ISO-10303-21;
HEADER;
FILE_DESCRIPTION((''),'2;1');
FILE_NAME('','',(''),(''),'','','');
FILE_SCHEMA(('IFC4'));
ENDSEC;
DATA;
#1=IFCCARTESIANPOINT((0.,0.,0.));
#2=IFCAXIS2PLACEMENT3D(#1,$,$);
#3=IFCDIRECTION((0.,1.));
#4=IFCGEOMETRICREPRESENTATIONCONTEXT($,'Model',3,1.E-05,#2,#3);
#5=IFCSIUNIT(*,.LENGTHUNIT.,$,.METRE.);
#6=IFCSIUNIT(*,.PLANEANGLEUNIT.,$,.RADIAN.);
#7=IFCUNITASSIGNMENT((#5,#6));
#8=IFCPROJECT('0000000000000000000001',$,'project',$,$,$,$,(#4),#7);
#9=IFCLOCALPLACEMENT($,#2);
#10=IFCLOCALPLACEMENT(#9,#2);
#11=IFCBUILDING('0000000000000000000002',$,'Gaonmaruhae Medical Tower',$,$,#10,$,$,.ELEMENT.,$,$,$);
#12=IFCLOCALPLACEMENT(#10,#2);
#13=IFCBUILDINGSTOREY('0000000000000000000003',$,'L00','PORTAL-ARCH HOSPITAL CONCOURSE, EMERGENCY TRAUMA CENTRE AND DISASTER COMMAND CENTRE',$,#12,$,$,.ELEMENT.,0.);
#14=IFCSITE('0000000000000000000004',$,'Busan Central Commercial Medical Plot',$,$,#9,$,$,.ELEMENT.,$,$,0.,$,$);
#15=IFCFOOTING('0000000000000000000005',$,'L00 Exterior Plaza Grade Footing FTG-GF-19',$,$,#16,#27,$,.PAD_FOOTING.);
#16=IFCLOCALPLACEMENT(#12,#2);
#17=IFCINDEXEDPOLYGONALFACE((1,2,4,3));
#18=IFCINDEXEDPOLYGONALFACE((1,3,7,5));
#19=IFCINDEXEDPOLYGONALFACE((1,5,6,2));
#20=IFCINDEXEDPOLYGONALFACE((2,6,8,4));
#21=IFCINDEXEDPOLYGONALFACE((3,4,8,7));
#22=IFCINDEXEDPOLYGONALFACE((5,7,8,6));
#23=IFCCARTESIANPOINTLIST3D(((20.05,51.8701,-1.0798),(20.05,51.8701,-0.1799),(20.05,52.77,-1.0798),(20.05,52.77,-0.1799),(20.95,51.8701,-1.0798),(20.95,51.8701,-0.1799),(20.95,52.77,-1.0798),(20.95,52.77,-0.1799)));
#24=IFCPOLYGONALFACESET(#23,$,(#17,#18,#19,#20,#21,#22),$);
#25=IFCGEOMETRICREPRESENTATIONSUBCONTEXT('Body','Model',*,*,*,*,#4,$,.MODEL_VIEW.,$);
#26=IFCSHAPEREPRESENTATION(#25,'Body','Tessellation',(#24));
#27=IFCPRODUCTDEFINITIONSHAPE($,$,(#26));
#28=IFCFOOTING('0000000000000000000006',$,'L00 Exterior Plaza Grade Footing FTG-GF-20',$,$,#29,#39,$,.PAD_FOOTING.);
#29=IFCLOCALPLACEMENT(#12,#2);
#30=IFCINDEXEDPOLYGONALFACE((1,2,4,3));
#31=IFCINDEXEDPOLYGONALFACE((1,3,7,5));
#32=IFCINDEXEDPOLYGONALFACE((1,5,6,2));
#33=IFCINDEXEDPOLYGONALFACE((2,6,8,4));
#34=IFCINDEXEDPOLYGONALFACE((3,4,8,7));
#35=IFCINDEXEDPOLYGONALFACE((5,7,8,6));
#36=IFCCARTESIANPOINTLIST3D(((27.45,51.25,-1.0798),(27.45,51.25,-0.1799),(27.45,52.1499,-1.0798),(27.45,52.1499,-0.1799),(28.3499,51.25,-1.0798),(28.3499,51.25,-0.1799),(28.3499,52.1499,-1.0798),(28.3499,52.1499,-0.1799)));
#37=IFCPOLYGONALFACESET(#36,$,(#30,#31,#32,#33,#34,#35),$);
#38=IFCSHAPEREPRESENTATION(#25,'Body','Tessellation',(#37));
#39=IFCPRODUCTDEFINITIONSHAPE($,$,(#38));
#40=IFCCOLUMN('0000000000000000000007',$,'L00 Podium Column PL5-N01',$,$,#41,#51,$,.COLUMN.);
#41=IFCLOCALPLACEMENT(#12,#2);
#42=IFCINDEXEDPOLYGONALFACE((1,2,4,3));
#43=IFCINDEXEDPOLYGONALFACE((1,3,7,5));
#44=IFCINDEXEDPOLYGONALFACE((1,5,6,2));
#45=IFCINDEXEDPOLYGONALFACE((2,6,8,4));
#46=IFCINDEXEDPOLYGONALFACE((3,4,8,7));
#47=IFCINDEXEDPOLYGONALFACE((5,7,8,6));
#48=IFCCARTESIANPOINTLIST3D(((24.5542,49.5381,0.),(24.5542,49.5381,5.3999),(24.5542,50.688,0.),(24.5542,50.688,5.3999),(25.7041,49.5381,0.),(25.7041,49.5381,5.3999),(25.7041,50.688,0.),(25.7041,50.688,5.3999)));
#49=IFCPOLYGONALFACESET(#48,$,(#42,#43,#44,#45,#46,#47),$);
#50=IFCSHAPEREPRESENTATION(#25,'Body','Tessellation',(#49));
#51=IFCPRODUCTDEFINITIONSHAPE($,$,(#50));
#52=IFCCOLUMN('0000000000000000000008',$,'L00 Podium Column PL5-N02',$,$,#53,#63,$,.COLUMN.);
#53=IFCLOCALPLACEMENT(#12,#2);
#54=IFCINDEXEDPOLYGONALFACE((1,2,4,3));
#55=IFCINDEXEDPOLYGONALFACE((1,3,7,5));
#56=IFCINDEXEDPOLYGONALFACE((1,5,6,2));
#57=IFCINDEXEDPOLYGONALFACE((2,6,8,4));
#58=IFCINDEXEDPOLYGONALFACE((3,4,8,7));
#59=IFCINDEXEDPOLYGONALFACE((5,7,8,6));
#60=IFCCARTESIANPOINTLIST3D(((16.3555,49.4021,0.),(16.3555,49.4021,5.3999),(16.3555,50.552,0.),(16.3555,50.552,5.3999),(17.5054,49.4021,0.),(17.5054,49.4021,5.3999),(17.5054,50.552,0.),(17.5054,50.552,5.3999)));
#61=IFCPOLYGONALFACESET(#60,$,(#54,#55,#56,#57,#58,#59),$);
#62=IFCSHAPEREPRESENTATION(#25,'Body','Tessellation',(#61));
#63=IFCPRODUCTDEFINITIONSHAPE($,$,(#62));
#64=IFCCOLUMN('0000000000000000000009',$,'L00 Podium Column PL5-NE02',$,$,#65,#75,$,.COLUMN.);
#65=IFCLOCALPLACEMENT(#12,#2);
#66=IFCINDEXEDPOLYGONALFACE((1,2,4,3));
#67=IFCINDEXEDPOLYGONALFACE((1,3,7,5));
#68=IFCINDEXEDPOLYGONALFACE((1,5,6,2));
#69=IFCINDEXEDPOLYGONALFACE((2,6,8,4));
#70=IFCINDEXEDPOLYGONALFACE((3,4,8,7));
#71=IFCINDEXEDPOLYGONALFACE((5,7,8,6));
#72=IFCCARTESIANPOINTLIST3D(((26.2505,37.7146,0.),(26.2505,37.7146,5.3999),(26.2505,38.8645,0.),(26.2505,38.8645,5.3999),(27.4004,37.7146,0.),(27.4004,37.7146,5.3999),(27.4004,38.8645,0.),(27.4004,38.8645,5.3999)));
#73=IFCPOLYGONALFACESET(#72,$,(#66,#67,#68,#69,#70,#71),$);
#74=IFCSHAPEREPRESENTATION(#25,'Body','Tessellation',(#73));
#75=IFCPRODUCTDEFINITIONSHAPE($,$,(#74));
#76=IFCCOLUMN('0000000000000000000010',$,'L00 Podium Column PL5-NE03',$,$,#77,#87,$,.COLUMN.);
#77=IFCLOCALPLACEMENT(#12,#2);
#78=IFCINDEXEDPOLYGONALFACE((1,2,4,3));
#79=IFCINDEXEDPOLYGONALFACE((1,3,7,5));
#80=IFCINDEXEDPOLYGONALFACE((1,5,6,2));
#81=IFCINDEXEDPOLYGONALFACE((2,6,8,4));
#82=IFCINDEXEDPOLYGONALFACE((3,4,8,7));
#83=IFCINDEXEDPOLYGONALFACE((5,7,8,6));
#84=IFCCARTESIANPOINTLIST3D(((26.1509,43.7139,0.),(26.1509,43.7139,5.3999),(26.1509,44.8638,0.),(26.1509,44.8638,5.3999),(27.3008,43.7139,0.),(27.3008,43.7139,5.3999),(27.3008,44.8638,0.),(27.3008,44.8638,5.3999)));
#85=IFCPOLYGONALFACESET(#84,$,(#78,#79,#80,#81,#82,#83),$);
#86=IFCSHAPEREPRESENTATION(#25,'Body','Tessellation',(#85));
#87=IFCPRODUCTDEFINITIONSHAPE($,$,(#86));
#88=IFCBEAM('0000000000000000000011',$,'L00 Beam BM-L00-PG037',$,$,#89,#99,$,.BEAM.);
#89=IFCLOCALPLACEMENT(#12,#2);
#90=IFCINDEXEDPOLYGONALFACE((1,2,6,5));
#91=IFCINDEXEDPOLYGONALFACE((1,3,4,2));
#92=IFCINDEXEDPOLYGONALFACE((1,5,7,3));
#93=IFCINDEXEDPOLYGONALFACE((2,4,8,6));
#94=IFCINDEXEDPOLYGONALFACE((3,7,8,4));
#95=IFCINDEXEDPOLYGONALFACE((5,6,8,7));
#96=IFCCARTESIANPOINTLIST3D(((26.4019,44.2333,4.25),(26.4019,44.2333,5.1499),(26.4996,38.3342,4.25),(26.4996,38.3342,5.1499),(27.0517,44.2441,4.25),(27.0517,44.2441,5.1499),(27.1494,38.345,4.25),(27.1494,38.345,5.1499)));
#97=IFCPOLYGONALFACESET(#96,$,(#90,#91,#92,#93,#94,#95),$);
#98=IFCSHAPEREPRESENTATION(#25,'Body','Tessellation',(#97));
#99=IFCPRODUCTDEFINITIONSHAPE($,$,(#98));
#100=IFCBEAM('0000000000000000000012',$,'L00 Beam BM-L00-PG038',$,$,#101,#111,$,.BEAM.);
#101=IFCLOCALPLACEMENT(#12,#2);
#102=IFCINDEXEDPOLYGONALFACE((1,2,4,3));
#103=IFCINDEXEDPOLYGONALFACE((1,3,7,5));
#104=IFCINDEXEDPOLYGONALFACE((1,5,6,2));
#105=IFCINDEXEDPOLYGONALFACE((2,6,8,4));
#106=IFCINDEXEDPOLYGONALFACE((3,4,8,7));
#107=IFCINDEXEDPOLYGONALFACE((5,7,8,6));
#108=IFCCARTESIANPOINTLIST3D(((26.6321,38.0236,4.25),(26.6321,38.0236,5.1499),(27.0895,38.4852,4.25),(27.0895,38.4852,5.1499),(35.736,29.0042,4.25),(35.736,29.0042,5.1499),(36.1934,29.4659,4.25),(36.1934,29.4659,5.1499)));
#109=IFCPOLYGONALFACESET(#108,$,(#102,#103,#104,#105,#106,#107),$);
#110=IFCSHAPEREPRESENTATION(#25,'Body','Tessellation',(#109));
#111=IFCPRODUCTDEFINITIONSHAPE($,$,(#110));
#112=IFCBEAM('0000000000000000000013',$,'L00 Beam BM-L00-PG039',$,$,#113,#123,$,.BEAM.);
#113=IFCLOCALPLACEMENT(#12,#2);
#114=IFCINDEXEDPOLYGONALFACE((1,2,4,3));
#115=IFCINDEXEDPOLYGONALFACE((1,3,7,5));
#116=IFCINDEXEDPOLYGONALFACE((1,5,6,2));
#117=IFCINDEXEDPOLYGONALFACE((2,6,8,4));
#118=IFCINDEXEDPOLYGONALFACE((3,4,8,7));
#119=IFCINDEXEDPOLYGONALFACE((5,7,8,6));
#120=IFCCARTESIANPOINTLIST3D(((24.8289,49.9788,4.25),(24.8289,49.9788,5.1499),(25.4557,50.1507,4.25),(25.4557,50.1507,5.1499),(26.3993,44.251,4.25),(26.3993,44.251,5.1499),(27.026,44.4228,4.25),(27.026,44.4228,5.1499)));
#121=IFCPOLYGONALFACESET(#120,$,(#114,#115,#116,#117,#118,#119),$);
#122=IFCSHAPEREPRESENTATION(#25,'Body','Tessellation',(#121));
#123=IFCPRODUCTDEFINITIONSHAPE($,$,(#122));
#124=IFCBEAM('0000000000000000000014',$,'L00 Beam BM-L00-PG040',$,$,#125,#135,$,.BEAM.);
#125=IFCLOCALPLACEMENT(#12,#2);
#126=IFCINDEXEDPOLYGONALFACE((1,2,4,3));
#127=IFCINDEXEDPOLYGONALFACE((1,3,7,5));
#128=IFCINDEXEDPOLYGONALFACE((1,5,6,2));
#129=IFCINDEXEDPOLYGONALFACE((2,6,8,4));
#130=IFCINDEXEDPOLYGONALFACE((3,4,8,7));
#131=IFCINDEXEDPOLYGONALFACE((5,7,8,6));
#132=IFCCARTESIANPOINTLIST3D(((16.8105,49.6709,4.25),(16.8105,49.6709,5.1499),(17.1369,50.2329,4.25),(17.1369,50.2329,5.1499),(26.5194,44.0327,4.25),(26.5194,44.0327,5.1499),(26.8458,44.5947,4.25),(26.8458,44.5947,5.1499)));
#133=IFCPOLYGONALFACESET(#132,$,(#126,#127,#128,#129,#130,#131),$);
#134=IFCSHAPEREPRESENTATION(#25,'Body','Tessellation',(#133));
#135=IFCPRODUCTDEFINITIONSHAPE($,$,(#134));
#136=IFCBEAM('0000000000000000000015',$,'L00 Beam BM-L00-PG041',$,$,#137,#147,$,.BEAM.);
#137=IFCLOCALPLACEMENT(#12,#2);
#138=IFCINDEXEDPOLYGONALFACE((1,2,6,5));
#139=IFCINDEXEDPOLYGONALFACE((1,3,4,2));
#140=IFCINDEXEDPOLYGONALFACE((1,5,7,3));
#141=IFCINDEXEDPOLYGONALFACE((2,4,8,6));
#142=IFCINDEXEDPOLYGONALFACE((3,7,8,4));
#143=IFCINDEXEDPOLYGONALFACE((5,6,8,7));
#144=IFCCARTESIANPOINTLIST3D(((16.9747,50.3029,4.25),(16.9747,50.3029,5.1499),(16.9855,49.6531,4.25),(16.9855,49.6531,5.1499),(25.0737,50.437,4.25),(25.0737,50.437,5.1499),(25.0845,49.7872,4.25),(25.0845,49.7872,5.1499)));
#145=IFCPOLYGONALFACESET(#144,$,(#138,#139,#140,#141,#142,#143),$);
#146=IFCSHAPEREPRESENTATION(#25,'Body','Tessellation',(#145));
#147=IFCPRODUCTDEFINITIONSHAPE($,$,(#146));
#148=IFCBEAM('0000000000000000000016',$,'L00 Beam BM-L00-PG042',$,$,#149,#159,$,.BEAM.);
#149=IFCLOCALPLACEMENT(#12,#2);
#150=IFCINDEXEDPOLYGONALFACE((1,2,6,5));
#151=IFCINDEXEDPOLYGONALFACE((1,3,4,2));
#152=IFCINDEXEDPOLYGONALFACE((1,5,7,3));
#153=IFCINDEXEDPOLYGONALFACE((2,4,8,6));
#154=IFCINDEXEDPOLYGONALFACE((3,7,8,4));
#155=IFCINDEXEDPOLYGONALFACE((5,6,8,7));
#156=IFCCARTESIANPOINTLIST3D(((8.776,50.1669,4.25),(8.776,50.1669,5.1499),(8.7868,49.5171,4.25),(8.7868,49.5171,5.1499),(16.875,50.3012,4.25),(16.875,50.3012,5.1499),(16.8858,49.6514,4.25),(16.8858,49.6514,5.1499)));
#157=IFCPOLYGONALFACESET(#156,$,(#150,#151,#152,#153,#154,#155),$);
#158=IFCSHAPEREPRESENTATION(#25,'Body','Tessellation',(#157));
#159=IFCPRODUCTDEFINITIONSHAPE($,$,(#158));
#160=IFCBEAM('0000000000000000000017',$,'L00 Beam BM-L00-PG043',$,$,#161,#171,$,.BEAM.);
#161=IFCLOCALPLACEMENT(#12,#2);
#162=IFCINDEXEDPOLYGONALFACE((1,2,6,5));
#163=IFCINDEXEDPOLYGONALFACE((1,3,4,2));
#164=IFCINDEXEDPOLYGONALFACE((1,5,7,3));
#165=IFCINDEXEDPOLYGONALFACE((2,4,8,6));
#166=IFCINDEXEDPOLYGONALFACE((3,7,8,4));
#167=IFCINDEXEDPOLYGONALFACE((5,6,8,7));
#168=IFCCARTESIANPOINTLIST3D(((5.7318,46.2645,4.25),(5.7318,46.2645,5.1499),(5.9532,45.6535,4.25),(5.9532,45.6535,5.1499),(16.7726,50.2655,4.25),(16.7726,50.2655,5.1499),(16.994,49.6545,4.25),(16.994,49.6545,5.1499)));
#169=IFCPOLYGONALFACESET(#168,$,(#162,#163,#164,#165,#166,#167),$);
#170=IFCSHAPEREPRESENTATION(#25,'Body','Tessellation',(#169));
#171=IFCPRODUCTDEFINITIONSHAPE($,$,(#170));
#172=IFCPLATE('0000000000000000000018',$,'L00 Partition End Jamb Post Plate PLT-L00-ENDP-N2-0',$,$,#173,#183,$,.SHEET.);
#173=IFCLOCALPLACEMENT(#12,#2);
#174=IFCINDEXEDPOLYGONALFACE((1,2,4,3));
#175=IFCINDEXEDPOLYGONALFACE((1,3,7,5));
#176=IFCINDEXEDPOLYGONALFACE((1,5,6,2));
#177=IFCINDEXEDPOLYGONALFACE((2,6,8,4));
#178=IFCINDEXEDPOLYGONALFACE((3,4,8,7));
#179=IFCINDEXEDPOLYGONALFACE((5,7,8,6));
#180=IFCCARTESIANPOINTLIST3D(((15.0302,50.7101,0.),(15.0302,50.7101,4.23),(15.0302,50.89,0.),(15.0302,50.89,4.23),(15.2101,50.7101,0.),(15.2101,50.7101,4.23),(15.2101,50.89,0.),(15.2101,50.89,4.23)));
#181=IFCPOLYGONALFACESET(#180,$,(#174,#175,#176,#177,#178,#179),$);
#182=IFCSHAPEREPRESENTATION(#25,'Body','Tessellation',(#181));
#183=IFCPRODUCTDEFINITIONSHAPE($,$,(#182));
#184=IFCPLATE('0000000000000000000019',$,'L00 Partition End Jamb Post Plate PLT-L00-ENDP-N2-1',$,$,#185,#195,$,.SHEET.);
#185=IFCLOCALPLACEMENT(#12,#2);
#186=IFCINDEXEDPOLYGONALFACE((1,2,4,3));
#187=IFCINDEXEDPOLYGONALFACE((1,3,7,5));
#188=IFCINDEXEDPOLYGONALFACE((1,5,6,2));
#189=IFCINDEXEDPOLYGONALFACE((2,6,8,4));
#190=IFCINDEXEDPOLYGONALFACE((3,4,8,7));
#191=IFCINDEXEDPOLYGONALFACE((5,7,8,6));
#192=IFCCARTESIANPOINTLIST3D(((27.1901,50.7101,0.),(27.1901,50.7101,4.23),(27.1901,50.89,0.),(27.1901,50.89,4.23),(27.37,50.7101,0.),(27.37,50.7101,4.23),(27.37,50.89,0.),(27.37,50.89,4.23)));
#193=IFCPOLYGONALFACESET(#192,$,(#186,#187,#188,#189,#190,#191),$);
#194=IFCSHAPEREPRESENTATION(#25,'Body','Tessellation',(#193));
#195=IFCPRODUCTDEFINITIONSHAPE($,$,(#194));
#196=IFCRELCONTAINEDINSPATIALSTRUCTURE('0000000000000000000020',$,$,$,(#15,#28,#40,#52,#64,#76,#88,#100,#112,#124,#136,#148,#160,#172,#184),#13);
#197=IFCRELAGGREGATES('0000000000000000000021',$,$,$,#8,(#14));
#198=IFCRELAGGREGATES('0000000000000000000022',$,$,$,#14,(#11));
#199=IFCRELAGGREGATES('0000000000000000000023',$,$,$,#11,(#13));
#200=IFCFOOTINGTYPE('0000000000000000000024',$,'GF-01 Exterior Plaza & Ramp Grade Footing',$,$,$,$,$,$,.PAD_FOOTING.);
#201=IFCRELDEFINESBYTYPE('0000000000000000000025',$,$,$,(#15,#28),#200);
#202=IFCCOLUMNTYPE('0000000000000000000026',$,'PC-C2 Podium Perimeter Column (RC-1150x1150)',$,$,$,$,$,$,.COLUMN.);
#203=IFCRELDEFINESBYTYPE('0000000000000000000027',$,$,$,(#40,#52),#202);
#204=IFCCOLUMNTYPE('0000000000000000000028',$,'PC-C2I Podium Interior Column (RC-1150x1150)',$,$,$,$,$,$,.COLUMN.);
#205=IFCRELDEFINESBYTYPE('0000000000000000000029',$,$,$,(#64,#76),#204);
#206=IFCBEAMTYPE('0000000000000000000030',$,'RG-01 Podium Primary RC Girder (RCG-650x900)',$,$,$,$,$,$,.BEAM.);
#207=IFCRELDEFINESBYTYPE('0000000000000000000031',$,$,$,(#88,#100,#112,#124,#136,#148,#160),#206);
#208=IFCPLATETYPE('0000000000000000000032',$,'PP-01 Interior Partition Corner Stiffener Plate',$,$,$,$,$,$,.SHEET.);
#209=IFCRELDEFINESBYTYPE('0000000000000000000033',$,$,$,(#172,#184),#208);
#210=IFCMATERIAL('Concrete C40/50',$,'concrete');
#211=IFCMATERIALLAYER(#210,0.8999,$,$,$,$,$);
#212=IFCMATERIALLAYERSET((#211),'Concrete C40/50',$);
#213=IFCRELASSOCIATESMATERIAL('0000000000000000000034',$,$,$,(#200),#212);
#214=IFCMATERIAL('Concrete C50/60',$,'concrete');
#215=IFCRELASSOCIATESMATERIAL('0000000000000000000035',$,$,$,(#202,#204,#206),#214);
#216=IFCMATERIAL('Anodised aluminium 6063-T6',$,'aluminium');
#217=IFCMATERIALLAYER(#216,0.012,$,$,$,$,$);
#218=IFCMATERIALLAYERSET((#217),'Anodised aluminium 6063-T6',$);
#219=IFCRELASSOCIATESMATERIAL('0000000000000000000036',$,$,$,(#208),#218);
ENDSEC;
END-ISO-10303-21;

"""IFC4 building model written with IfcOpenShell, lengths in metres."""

from ifc_helpers import new_model, si_unit, direction, frame, origin, origin_2d, place, context, subcontext, project, spatial, rectangle, extrude, material, layer, layer_set, material_profile, profile_set, type_object, element, save


model = new_model("IFC4")

# Units and contexts
model_context = context("Model", 3, precision=1e-05, world=origin(), true_north=direction((0.0, 1.0)))
body_context = subcontext(model_context, "Body", "Model", "MODEL_VIEW")
ifc_project = project(units=[si_unit("LENGTHUNIT", "METRE"), si_unit("PLANEANGLEUNIT", "RADIAN")], contexts=[model_context])

# Site, building, storey
site_placement = place(None, origin())
site = spatial("IfcSite", under=ifc_project, at=site_placement, Name="Busan Central Commercial Medical Plot", CompositionType="ELEMENT", RefElevation=0.0)
building_placement = place(site_placement, origin())
building = spatial("IfcBuilding", under=site, at=building_placement, Name="Gaonmaruhae Medical Tower", CompositionType="ELEMENT")
storey_placement = place(building_placement, origin())
storey = spatial("IfcBuildingStorey", under=building, at=storey_placement, Name="L00", Description="PORTAL-ARCH HOSPITAL CONCOURSE, EMERGENCY TRAUMA CENTRE AND DISASTER COMMAND CENTRE", CompositionType="ELEMENT", Elevation=0.0)

# Footings
ifc_material_1 = material(Name="Concrete C40/50", Category="concrete")
ifc_layer_1 = layer(ifc_material_1, 0.8999)
ifc_layer_set_1 = layer_set([ifc_layer_1], Name="Concrete C40/50")
footing_type = type_object("IfcFootingType", Name="GF-01 Exterior Plaza & Ramp Grade Footing", PredefinedType="PAD_FOOTING", material=ifc_layer_set_1)
for number, where, z_axis, x_axis, name in (
    (1, (20.5, 52.3201, -1.0798), (0.0, 0.0, 1.0), (1.0, 0.0, 0.0), "L00 Exterior Plaza Grade Footing FTG-GF-19"),
    (2, (27.8999, 51.7, -1.0798), (0.0, 0.0, 1.0), (1.0, 0.0, 0.0), "L00 Exterior Plaza Grade Footing FTG-GF-20"),
):
    element("IfcFooting", number, at=place(storey_placement, frame(where, z_axis=z_axis, x_axis=x_axis)), inside=storey, type_object=footing_type, Name=name, PredefinedType="PAD_FOOTING", context=body_context, shape_type="SweptSolid", body=[
        extrude(rectangle(XDim=0.8999, YDim=0.8999, at=origin_2d()), origin(), (0.0, 0.0, 1.0), 0.8999),
    ])

# Columns
ifc_material_2 = material(Name="Concrete C50/60", Category="concrete")
ifc_material_profile_1 = material_profile(ifc_material_2, rectangle(XDim=1.1499, YDim=1.1499, at=origin_2d()), Name="RC-1150x1150")
ifc_profile_set_1 = profile_set([ifc_material_profile_1], Name="Concrete C50/60")
column_type_1 = type_object("IfcColumnType", Name="PC-C2 Podium Perimeter Column (RC-1150x1150)", PredefinedType="COLUMN", material=ifc_profile_set_1)
for number, where, z_axis, x_axis, name in (
    (3, (25.1292, 50.113, 0.0), (0.0, 0.0, 1.0), (1.0, 0.0, 0.0), "L00 Podium Column PL5-N01"),
    (4, (16.9304, 49.9771, 0.0), (0.0, 0.0, 1.0), (1.0, 0.0, 0.0), "L00 Podium Column PL5-N02"),
):
    element("IfcColumn", number, at=place(storey_placement, frame(where, z_axis=z_axis, x_axis=x_axis)), inside=storey, type_object=column_type_1, Name=name, PredefinedType="COLUMN", context=body_context, shape_type="SweptSolid", body=[
        extrude(rectangle(XDim=1.1499, YDim=1.1499, at=origin_2d()), origin(), (0.0, 0.0, 1.0), 5.3999),
    ])
ifc_material_profile_2 = material_profile(ifc_material_2, rectangle(XDim=1.1499, YDim=1.1499, at=origin_2d()), Name="RC-1150x1150")
ifc_profile_set_2 = profile_set([ifc_material_profile_2], Name="Concrete C50/60")
column_type_2 = type_object("IfcColumnType", Name="PC-C2I Podium Interior Column (RC-1150x1150)", PredefinedType="COLUMN", material=ifc_profile_set_2)
for number, where, z_axis, x_axis, name in (
    (5, (26.8254, 38.2896, 0.0), (0.0, 0.0, 1.0), (1.0, 0.0, 0.0), "L00 Podium Column PL5-NE02"),
    (6, (26.7258, 44.2888, 0.0), (0.0, 0.0, 1.0), (1.0, 0.0, 0.0), "L00 Podium Column PL5-NE03"),
):
    element("IfcColumn", number, at=place(storey_placement, frame(where, z_axis=z_axis, x_axis=x_axis)), inside=storey, type_object=column_type_2, Name=name, PredefinedType="COLUMN", context=body_context, shape_type="SweptSolid", body=[
        extrude(rectangle(XDim=1.1499, YDim=1.1499, at=origin_2d()), origin(), (0.0, 0.0, 1.0), 5.3999),
    ])

# Beams
ifc_material_profile_3 = material_profile(ifc_material_2, rectangle(XDim=0.6499, YDim=0.8999, at=origin_2d()), Name="RCG-650x900")
ifc_profile_set_3 = profile_set([ifc_material_profile_3], Name="Concrete C50/60")
beam_type = type_object("IfcBeamType", Name="RG-01 Podium Primary RC Girder (RCG-650x900)", PredefinedType="BEAM", material=ifc_profile_set_3)
beam_1_placement = place(storey_placement, frame((26.8245, 38.3396, 4.7), z_axis=(-0.016552, 0.999863, 0.0), x_axis=(-0.999863, -0.016552, 0.0)))
element("IfcBeam", 7, at=beam_1_placement, inside=storey, type_object=beam_type, Name="L00 Beam BM-L00-PG037", PredefinedType="BEAM", context=body_context, shape_type="SweptSolid", body=[
    extrude(rectangle(XDim=0.6499, YDim=0.8999, at=origin_2d()), origin(), (0.0, 0.0, 1.0), 5.8999),
])
beam_2_placement = place(storey_placement, frame((26.8608, 38.2544, 4.7), z_axis=(0.710395, -0.703803, 0.0), x_axis=(0.703803, 0.710395, 0.0)))
element("IfcBeam", 8, at=beam_2_placement, inside=storey, type_object=beam_type, Name="L00 Beam BM-L00-PG038", PredefinedType="BEAM", context=body_context, shape_type="SweptSolid", body=[
    extrude(rectangle(XDim=0.6499, YDim=0.8999, at=origin_2d()), origin(), (0.0, 0.0, 1.0), 12.8152),
])
beam_3_placement = place(storey_placement, frame((26.7126, 44.3369, 4.7), z_axis=(-0.264401, 0.964413, 0.0), x_axis=(-0.964413, -0.264401, 0.0)))
element("IfcBeam", 9, at=beam_3_placement, inside=storey, type_object=beam_type, Name="L00 Beam BM-L00-PG039", PredefinedType="BEAM", context=body_context, shape_type="SweptSolid", body=[
    extrude(rectangle(XDim=0.6499, YDim=0.8999, at=origin_2d()), origin(), (0.0, 0.0, 1.0), 5.9392),
])
beam_4_placement = place(storey_placement, frame((26.6826, 44.3137, 4.7), z_axis=(-0.864762, 0.502183, 0.0), x_axis=(-0.502183, -0.864762, 0.0)))
element("IfcBeam", 10, at=beam_4_placement, inside=storey, type_object=beam_type, Name="L00 Beam BM-L00-PG040", PredefinedType="BEAM", context=body_context, shape_type="SweptSolid", body=[
    extrude(rectangle(XDim=0.6499, YDim=0.8999, at=origin_2d()), origin(), (0.0, 0.0, 1.0), 11.2273),
])
for number, where, z_axis, x_axis, name in (
    (11, (25.0791, 50.1121, 4.7), (-0.999863, -0.016547, 0.0), (0.016547, -0.999863, 0.0), "L00 Beam BM-L00-PG041"),
    (12, (16.8804, 49.9763, 4.7), (-0.999863, -0.016577, 0.0), (0.016577, -0.999863, 0.0), "L00 Beam BM-L00-PG042"),
):
    element("IfcBeam", number, at=place(storey_placement, frame(where, z_axis=z_axis, x_axis=x_axis)), inside=storey, type_object=beam_type, Name=name, PredefinedType="BEAM", context=body_context, shape_type="SweptSolid", body=[
        extrude(rectangle(XDim=0.6499, YDim=0.8999, at=origin_2d()), origin(), (0.0, 0.0, 1.0), 8.1001),
    ])
beam_5_placement = place(storey_placement, frame((16.8833, 49.96, 4.7), z_axis=(-0.940172, -0.340701, 0.0), x_axis=(0.340701, -0.940172, 0.0)))
element("IfcBeam", 13, at=beam_5_placement, inside=storey, type_object=beam_type, Name="L00 Beam BM-L00-PG043", PredefinedType="BEAM", context=body_context, shape_type="SweptSolid", body=[
    extrude(rectangle(XDim=0.6499, YDim=0.8999, at=origin_2d()), origin(), (0.0, 0.0, 1.0), 11.7434),
])

# Plates
ifc_material_3 = material(Name="Anodised aluminium 6063-T6", Category="aluminium")
ifc_layer_2 = layer(ifc_material_3, 0.012)
ifc_layer_set_2 = layer_set([ifc_layer_2], Name="Anodised aluminium 6063-T6")
plate_type = type_object("IfcPlateType", Name="PP-01 Interior Partition Corner Stiffener Plate", PredefinedType="SHEET", material=ifc_layer_set_2)
for number, where, z_axis, x_axis, name in (
    (14, (15.1201, 50.8, 0.0), (0.0, 0.0, 1.0), (1.0, 0.0, 0.0), "L00 Partition End Jamb Post Plate PLT-L00-ENDP-N2-0"),
    (15, (27.28, 50.8, 0.0), (0.0, 0.0, 1.0), (1.0, 0.0, 0.0), "L00 Partition End Jamb Post Plate PLT-L00-ENDP-N2-1"),
):
    element("IfcPlate", number, at=place(storey_placement, frame(where, z_axis=z_axis, x_axis=x_axis)), inside=storey, type_object=plate_type, Name=name, PredefinedType="SHEET", context=body_context, shape_type="SweptSolid", body=[
        extrude(rectangle(XDim=0.1799, YDim=0.1799, at=origin_2d()), origin(), (0.0, 0.0, 1.0), 4.23),
    ])

save(model, "model.ifc")
